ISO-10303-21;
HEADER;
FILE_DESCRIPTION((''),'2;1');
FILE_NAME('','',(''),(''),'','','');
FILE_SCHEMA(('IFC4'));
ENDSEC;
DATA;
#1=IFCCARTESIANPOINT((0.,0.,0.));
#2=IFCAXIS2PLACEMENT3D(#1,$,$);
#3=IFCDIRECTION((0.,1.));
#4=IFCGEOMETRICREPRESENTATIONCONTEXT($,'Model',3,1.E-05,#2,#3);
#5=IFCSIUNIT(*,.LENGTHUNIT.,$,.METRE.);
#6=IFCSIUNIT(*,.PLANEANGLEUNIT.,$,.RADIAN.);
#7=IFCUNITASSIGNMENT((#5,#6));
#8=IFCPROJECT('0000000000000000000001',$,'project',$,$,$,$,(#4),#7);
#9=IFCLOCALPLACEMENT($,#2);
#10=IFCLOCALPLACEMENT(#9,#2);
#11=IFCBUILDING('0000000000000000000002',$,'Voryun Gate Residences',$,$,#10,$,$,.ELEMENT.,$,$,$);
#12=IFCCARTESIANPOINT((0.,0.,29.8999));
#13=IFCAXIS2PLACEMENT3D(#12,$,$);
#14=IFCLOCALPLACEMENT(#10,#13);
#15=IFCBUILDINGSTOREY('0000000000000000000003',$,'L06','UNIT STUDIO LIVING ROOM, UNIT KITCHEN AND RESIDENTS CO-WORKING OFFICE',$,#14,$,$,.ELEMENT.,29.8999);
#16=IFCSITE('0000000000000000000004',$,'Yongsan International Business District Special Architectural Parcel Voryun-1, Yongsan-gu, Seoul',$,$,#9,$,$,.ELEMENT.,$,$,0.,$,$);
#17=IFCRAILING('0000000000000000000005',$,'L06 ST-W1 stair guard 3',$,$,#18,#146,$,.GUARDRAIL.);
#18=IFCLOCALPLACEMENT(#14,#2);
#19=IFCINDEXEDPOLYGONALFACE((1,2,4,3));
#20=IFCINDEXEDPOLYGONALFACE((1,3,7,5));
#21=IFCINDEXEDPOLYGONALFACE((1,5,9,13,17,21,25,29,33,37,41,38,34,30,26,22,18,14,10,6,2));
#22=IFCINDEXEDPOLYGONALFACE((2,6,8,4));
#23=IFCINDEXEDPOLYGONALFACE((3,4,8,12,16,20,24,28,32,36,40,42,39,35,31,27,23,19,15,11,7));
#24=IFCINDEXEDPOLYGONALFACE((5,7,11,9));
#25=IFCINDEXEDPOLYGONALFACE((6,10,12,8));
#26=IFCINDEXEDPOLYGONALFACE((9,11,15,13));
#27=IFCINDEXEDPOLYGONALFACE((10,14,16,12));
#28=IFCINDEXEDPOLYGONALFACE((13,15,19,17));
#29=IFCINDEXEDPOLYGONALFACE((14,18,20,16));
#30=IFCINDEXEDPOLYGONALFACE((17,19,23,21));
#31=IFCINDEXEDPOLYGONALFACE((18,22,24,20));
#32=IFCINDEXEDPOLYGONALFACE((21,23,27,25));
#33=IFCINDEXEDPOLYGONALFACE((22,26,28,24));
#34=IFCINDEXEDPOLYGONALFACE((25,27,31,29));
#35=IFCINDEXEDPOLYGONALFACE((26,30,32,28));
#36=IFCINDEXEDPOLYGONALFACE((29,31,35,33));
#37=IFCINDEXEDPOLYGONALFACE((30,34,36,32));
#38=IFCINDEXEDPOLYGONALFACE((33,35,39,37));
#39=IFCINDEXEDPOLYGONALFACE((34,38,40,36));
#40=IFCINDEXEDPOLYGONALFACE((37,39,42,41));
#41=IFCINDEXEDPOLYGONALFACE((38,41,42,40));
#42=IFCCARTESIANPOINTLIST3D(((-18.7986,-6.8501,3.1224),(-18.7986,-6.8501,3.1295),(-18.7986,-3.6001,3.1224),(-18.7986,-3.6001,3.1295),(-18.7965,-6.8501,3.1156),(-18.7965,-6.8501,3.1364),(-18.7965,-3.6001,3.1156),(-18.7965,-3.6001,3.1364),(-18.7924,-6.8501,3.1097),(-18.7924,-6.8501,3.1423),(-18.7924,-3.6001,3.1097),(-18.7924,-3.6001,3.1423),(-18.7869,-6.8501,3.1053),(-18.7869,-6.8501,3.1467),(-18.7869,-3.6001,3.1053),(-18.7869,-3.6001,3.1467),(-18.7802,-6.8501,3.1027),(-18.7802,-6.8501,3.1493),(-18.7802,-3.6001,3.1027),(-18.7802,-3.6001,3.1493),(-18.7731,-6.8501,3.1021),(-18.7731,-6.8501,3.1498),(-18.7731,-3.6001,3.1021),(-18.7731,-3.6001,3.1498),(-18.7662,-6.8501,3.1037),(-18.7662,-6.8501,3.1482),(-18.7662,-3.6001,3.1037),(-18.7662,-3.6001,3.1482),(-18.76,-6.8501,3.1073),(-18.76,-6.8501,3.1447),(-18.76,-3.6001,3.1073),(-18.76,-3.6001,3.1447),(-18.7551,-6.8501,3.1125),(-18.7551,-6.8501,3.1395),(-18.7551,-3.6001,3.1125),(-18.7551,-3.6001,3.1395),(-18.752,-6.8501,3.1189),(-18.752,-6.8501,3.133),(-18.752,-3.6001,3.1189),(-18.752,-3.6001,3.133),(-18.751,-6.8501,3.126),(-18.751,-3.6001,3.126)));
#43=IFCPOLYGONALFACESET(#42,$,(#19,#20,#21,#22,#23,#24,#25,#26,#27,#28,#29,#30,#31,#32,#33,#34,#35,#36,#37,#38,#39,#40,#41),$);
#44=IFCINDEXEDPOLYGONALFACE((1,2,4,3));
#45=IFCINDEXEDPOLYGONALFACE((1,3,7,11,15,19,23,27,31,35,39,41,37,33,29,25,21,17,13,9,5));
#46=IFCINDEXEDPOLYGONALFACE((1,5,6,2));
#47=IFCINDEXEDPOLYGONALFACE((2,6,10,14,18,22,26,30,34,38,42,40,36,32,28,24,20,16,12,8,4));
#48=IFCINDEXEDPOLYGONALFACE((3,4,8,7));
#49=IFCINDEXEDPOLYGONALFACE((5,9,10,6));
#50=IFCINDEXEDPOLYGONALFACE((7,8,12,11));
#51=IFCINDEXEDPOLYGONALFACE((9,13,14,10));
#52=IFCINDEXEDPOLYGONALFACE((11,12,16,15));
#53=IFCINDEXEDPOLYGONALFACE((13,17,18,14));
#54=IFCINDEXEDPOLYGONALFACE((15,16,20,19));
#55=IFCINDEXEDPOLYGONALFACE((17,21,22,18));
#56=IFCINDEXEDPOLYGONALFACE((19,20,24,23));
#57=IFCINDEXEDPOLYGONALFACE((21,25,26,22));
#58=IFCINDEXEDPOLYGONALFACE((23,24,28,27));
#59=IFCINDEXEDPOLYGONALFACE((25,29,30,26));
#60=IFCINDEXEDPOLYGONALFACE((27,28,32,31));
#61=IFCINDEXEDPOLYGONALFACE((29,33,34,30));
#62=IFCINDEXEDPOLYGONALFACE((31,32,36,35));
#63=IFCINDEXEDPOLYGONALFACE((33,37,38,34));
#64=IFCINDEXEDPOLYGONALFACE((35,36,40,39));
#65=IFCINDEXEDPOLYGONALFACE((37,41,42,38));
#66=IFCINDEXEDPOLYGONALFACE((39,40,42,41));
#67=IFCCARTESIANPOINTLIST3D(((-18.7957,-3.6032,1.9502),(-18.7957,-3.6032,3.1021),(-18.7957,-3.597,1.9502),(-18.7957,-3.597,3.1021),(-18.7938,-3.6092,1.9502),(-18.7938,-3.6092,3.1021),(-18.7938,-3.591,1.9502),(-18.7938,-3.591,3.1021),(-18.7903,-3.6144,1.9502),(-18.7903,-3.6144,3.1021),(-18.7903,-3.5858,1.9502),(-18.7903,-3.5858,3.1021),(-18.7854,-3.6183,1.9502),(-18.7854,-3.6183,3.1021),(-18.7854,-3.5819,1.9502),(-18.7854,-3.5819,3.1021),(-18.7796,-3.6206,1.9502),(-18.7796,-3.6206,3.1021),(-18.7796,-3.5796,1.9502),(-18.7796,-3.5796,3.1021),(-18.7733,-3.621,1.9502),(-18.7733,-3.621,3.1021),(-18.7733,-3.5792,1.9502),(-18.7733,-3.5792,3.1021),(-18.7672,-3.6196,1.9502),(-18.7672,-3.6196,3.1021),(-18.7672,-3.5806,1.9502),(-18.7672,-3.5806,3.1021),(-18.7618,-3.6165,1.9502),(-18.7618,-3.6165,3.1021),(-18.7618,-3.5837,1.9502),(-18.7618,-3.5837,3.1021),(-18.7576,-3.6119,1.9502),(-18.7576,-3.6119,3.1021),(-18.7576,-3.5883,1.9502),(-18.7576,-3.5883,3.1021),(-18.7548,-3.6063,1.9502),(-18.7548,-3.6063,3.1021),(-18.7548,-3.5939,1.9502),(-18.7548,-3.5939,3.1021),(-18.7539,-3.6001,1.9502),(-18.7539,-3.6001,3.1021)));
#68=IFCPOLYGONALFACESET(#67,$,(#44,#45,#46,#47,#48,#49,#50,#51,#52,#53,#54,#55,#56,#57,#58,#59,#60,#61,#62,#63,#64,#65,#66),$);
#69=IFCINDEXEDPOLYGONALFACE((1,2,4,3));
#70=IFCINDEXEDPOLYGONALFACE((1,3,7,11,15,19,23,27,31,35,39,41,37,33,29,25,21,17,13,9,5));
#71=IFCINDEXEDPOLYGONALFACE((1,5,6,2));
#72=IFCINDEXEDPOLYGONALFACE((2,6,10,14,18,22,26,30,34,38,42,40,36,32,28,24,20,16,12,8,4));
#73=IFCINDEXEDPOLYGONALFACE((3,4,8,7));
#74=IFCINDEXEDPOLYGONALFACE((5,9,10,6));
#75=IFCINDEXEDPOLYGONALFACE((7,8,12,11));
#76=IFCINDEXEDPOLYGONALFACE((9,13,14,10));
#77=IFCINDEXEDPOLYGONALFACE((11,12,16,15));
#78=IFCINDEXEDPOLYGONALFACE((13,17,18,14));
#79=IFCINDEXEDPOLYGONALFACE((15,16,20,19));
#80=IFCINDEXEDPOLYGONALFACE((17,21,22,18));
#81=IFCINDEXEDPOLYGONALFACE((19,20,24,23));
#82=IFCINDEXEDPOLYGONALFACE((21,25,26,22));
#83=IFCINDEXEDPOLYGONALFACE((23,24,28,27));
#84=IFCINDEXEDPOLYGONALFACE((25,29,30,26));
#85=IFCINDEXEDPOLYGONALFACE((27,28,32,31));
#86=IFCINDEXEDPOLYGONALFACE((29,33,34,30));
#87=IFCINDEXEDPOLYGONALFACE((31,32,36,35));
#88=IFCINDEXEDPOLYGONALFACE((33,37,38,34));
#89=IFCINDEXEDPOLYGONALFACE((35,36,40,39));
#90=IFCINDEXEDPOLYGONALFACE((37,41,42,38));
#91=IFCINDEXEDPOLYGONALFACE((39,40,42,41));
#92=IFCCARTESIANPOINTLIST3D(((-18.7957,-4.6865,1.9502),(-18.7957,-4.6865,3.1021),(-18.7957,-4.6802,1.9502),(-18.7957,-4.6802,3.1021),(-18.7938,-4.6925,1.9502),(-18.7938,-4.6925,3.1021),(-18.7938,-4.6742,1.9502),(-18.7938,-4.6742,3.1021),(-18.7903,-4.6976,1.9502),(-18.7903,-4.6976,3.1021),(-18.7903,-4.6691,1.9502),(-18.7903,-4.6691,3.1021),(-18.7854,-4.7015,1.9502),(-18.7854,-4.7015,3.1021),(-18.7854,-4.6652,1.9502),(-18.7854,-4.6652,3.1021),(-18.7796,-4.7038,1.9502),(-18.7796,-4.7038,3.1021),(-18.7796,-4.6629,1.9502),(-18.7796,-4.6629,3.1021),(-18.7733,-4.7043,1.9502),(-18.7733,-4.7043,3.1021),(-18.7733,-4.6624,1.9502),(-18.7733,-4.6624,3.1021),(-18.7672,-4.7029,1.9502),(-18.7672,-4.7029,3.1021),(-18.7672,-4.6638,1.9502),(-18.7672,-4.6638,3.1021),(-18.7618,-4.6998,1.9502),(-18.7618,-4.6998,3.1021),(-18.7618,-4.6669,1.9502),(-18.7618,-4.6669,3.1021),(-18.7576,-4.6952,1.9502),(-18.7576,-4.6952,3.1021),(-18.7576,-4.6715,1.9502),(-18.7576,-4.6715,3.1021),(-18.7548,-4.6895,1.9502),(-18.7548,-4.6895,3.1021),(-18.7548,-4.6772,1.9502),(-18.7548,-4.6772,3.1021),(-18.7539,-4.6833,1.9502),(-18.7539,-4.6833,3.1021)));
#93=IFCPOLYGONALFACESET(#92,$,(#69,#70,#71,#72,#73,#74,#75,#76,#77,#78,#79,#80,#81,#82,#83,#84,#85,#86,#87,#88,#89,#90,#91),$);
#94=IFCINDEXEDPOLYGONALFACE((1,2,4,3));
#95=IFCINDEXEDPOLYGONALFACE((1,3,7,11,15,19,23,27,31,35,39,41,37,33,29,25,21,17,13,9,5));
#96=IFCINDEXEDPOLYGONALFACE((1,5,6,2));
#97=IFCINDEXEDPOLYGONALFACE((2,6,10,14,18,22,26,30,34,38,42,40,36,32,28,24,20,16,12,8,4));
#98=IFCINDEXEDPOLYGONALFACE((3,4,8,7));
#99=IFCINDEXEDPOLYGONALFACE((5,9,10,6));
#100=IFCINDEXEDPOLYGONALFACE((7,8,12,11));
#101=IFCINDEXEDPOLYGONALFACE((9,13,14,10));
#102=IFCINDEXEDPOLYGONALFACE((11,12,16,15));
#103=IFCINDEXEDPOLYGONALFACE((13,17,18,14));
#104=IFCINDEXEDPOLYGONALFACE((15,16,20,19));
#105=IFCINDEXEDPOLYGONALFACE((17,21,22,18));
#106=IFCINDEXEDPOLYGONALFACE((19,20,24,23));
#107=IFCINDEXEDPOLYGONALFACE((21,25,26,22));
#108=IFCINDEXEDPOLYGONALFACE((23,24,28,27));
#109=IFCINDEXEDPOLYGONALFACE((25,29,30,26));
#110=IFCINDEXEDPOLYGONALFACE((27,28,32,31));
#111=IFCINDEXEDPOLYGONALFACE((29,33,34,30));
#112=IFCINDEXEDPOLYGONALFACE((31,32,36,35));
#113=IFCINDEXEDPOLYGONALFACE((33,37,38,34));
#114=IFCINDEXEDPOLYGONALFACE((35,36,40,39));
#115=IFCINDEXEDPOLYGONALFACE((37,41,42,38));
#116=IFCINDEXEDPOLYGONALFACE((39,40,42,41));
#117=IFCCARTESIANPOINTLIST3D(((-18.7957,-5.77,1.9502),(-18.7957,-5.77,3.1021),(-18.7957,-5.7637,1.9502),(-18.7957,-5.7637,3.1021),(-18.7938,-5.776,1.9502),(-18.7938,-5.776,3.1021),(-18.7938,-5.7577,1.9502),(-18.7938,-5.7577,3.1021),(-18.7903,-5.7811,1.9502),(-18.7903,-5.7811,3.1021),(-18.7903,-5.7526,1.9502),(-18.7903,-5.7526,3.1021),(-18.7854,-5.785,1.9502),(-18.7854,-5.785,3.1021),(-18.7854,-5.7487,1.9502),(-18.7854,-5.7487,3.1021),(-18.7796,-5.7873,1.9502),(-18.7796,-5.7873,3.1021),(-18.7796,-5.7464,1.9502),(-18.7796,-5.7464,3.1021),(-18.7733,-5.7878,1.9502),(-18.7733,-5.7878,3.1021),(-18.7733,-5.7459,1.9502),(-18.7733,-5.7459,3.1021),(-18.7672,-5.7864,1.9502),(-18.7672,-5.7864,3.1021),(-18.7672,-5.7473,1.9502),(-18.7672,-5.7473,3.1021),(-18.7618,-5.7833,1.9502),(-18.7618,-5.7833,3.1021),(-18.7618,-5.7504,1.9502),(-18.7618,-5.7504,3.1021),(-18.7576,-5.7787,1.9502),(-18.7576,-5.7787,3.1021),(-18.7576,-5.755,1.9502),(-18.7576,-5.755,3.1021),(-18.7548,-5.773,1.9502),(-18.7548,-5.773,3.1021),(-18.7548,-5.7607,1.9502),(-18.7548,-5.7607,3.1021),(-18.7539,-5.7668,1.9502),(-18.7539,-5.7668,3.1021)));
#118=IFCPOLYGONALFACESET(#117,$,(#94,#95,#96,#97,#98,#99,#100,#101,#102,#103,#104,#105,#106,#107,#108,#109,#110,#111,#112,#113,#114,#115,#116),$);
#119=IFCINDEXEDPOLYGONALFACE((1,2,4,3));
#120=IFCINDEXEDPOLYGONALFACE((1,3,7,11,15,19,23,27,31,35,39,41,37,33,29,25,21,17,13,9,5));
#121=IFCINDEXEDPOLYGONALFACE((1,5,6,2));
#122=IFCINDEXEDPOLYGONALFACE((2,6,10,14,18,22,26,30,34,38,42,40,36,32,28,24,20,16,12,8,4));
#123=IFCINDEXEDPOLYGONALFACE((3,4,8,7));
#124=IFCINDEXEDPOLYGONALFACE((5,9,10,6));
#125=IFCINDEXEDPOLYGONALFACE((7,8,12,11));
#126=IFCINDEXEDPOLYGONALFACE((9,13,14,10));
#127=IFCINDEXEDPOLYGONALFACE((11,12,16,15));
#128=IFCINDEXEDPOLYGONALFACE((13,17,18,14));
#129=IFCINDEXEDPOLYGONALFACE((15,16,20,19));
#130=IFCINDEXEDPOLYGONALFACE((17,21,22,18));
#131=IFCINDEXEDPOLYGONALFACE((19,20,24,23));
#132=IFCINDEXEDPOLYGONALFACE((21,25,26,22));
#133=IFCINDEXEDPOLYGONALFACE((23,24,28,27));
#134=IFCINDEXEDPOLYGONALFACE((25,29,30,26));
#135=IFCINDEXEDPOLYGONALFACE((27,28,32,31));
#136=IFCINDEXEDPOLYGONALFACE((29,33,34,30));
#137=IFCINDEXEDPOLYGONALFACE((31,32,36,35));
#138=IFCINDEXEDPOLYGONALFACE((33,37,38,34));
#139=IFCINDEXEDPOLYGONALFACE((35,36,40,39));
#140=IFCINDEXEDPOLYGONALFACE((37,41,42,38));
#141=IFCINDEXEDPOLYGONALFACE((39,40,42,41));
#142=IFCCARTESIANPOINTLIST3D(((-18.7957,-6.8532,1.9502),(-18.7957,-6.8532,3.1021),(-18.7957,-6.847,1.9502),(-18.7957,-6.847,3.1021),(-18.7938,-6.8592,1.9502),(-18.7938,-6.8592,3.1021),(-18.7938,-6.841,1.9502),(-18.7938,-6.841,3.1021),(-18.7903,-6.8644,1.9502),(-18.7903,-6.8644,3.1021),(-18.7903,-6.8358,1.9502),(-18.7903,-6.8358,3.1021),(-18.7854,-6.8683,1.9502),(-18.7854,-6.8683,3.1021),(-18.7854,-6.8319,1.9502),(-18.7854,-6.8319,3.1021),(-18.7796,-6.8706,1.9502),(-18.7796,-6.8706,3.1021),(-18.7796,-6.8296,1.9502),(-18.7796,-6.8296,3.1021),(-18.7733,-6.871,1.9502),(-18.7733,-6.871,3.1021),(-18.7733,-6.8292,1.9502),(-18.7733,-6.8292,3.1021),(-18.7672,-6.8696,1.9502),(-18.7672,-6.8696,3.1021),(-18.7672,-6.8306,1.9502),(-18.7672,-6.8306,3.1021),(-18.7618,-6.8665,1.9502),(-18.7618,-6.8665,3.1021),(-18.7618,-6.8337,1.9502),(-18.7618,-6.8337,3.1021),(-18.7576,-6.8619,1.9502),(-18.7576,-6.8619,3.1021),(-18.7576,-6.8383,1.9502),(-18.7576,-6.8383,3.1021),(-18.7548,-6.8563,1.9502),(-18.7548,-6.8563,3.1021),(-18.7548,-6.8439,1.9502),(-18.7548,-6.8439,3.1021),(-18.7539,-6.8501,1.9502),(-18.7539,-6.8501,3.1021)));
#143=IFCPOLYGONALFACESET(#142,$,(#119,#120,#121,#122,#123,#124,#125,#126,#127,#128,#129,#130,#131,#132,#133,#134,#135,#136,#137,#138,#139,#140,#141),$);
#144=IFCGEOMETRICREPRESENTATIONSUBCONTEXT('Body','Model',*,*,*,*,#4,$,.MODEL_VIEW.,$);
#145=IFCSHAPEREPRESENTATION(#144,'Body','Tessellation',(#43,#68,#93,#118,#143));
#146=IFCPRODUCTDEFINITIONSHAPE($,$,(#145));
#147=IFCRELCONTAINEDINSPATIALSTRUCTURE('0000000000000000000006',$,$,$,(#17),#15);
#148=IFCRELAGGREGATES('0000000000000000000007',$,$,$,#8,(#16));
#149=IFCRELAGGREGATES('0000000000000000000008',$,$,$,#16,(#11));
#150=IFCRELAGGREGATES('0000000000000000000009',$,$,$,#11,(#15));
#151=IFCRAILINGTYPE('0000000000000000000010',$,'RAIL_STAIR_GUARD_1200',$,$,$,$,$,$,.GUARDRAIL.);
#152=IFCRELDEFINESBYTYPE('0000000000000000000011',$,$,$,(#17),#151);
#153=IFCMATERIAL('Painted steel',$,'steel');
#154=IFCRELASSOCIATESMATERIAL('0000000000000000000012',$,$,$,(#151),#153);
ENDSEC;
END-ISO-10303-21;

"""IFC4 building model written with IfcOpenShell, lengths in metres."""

from ifc_helpers import new_model, si_unit, direction, frame, origin, origin_2d, place, context, subcontext, project, spatial, circle, extrude, material, type_object, element, save


model = new_model("IFC4")

# Units and contexts
model_context = context("Model", 3, precision=1e-05, world=origin(), true_north=direction((0.0, 1.0)))
body_context = subcontext(model_context, "Body", "Model", "MODEL_VIEW")
ifc_project = project(units=[si_unit("LENGTHUNIT", "METRE"), si_unit("PLANEANGLEUNIT", "RADIAN")], contexts=[model_context])

# Site, building, storey
site_placement = place(None, origin())
site = spatial("IfcSite", under=ifc_project, at=site_placement, Name="Yongsan International Business District Special Architectural Parcel Voryun-1, Yongsan-gu, Seoul", CompositionType="ELEMENT", RefElevation=0.0)
building_placement = place(site_placement, origin())
building = spatial("IfcBuilding", under=site, at=building_placement, Name="Voryun Gate Residences", CompositionType="ELEMENT")
storey_placement = place(building_placement, frame((0.0, 0.0, 29.8999)))
storey = spatial("IfcBuildingStorey", under=building, at=storey_placement, Name="L06", Description="UNIT STUDIO LIVING ROOM, UNIT KITCHEN AND RESIDENTS CO-WORKING OFFICE", CompositionType="ELEMENT", Elevation=29.8999)

# Railing
ifc_material_1 = material(Name="Painted steel", Category="steel")
railing_type_1 = type_object("IfcRailingType", Name="RAIL_STAIR_GUARD_1200", PredefinedType="GUARDRAIL", material=ifc_material_1)
for number, where, name in (
    (1, (-18.7749, -3.6001, 1.9502), "L06 ST-W1 stair guard 3"),
):
    element("IfcRailing", number, at=place(storey_placement, frame(where)), inside=storey, type_object=railing_type_1, Name=name, PredefinedType="GUARDRAIL", context=body_context, shape_type="SweptSolid", body=[
        extrude(circle(Radius=0.0239, at=origin_2d()), frame((0.0, 0.0, 1.1758), z_axis=(0.0, -1.0, 0.0), x_axis=(1.0, 0.0, 0.0)), (0.0, 0.0, 1.0), 3.25),
        extrude(circle(Radius=0.021, at=origin_2d()), origin(), (0.0, 0.0, 1.0), 1.1519),
        extrude(circle(Radius=0.021, at=origin_2d()), frame((0.0, -1.0833, 0.0)), (0.0, 0.0, 1.0), 1.1519),
        extrude(circle(Radius=0.021, at=origin_2d()), frame((0.0, -2.1667, 0.0)), (0.0, 0.0, 1.0), 1.1519),
        extrude(circle(Radius=0.021, at=origin_2d()), frame((0.0, -3.25, 0.0)), (0.0, 0.0, 1.0), 1.1519),
    ])

save(model, "model.ifc")
